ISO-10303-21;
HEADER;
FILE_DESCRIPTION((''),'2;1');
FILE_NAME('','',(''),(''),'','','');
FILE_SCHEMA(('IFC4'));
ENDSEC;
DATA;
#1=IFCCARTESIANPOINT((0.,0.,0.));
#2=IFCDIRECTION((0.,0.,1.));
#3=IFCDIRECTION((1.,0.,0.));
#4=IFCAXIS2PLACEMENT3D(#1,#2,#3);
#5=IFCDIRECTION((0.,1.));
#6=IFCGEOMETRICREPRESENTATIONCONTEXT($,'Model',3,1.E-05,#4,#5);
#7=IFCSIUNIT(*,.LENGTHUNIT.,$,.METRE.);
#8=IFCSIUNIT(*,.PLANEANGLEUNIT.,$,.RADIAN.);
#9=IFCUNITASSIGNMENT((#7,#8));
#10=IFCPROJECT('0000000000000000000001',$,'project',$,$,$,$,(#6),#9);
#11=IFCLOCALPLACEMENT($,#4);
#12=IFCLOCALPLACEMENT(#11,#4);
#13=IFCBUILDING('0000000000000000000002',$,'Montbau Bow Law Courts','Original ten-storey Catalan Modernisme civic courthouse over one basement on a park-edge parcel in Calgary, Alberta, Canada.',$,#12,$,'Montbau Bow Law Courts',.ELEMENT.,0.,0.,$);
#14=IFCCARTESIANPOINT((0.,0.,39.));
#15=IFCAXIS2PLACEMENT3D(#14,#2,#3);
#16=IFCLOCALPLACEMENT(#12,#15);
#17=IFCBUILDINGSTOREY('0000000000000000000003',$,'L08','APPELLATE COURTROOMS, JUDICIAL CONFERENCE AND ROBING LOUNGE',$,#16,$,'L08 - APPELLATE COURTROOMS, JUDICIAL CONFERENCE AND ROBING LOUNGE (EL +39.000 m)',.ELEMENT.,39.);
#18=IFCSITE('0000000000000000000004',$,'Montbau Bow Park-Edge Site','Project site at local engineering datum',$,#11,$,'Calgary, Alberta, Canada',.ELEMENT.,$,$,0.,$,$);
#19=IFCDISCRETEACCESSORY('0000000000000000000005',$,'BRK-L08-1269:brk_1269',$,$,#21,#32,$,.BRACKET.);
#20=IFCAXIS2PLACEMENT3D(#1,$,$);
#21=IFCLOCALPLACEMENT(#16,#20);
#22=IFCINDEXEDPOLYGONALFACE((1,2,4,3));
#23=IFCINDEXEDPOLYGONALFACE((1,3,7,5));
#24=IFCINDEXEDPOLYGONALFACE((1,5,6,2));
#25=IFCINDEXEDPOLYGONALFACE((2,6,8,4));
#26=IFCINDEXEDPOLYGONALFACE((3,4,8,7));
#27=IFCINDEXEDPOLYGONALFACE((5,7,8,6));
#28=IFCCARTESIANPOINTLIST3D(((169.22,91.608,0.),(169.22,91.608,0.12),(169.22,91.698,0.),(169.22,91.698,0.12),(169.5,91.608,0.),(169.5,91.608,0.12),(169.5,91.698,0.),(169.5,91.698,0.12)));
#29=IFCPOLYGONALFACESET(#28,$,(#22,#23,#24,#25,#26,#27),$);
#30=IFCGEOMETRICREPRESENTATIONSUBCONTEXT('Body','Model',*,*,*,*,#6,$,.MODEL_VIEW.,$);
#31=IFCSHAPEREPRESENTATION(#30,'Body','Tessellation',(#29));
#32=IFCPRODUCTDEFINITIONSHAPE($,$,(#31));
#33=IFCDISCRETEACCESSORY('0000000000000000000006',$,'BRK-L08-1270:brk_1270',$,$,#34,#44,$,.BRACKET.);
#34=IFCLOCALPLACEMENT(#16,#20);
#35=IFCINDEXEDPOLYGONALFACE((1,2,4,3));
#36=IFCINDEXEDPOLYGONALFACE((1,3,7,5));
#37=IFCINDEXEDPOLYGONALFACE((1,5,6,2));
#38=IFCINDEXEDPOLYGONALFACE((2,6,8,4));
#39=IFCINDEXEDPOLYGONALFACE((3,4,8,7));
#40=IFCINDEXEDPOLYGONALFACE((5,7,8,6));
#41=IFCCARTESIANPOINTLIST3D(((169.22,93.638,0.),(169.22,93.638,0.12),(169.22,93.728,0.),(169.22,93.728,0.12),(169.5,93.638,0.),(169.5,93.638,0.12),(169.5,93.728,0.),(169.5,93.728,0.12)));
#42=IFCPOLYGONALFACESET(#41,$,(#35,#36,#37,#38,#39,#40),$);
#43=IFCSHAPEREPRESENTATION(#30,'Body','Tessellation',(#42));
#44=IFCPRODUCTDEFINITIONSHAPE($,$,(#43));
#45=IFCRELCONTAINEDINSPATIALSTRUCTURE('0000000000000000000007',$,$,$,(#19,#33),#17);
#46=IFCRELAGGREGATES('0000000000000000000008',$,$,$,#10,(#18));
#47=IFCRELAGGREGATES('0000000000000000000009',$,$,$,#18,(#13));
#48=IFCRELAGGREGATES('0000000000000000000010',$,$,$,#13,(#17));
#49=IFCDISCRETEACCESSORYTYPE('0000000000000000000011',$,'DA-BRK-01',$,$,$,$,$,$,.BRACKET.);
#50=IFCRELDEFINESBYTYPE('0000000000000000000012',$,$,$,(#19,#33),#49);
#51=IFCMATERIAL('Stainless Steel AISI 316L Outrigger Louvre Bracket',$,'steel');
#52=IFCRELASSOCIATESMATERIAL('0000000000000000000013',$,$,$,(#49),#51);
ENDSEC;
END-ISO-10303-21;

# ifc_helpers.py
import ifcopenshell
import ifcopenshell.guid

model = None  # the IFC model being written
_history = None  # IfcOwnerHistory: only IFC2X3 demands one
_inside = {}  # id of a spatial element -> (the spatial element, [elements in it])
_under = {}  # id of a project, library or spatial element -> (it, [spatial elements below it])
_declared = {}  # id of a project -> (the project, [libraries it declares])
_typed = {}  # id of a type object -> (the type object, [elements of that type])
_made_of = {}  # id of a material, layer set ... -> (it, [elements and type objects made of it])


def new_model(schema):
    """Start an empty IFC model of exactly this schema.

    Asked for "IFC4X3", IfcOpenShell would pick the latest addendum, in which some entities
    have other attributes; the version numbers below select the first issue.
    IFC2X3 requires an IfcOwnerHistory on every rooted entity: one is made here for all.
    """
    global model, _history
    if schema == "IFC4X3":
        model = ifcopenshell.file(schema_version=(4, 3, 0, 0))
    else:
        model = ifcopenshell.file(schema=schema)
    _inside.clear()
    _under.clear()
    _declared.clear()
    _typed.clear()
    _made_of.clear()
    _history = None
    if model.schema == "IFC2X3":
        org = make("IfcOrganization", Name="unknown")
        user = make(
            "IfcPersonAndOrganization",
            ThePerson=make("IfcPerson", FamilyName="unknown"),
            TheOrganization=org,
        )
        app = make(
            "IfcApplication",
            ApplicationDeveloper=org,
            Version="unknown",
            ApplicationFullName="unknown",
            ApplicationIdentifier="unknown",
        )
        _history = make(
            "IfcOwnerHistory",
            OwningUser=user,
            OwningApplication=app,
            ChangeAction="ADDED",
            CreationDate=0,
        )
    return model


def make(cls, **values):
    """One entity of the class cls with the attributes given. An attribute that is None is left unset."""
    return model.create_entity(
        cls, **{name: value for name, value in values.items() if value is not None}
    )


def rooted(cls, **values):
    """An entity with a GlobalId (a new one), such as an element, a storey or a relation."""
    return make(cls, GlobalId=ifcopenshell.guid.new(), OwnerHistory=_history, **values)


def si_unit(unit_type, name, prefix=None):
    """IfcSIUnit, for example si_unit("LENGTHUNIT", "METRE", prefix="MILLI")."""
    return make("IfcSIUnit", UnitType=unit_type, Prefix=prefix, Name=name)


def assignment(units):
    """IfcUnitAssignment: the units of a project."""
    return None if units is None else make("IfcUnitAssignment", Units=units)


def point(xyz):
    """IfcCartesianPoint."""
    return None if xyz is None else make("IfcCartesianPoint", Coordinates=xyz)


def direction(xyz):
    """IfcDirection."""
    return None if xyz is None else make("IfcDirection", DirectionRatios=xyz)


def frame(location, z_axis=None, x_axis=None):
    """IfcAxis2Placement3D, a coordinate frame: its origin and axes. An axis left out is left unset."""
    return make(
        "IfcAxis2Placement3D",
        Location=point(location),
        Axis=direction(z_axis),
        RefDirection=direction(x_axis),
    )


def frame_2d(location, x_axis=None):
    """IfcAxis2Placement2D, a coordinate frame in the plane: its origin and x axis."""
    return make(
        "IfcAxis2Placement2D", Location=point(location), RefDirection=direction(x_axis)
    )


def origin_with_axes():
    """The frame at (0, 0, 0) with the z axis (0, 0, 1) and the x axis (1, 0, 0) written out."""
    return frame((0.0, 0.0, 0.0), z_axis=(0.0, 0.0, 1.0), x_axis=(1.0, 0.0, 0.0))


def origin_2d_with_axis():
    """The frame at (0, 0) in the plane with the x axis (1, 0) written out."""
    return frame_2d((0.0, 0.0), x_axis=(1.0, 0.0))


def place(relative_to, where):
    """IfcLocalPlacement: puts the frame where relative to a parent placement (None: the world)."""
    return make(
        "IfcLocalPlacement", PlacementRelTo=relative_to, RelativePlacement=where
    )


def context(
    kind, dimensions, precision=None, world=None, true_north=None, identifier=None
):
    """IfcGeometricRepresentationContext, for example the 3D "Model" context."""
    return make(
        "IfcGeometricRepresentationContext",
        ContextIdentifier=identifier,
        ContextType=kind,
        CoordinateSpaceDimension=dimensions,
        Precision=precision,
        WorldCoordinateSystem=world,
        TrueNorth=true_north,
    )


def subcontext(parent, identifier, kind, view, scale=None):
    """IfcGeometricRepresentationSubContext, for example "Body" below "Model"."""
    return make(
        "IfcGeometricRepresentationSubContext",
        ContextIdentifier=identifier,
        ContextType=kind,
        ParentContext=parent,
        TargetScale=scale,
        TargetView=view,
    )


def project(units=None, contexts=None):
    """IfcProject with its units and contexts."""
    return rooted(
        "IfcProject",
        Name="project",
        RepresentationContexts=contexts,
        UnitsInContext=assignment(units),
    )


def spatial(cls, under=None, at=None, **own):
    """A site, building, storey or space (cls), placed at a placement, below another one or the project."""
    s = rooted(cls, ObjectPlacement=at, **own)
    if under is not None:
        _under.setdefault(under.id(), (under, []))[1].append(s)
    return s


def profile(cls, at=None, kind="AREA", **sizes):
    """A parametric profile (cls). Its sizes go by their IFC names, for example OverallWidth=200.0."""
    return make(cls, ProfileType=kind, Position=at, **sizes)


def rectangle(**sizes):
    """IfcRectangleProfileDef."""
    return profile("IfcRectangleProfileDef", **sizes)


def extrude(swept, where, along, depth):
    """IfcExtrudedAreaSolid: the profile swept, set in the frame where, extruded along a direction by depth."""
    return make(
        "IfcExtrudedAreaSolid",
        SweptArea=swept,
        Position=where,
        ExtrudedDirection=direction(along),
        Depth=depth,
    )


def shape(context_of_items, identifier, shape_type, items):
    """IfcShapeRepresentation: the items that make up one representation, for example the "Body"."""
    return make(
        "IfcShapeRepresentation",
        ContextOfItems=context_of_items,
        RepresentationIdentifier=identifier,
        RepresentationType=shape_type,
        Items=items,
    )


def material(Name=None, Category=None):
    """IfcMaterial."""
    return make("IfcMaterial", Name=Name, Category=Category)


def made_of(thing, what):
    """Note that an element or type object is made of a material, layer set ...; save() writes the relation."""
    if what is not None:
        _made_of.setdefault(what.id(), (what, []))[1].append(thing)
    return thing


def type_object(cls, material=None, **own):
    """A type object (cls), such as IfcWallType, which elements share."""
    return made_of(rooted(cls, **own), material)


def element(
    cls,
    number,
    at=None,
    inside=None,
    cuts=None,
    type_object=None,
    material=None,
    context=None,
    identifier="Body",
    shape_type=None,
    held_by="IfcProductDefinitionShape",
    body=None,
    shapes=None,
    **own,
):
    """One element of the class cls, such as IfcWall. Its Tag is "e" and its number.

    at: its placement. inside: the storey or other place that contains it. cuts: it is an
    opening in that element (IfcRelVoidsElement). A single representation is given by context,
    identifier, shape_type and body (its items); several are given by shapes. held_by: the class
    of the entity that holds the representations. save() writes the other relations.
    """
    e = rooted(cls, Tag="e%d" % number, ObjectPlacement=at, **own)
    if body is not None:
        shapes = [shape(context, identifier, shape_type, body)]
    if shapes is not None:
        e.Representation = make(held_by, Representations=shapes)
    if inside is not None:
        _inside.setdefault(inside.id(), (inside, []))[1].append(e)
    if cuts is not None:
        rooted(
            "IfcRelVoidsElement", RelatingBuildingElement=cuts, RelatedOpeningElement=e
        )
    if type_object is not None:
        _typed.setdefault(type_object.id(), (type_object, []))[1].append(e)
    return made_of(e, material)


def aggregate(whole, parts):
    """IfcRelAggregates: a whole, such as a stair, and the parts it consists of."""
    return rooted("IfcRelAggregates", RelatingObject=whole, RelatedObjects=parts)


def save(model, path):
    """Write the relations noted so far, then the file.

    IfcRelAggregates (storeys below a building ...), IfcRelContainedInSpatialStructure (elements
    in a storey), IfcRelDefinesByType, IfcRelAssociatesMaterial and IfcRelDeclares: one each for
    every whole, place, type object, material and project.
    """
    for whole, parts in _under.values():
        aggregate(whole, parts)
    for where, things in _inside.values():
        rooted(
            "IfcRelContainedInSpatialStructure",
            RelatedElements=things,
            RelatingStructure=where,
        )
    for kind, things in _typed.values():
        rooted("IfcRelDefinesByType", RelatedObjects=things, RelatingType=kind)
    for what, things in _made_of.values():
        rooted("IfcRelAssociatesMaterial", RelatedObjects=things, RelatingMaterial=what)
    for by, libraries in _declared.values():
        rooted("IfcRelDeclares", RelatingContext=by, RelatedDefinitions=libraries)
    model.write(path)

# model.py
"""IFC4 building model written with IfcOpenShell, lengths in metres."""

from ifc_helpers import new_model, si_unit, direction, frame, origin_with_axes, origin_2d_with_axis, place, context, subcontext, project, spatial, rectangle, extrude, material, type_object, element, save


model = new_model("IFC4")

# Units and contexts
model_context = context("Model", 3, precision=1e-05, world=origin_with_axes(), true_north=direction((0.0, 1.0)))
body_context = subcontext(model_context, "Body", "Model", "MODEL_VIEW")
ifc_project = project(units=[si_unit("LENGTHUNIT", "METRE"), si_unit("PLANEANGLEUNIT", "RADIAN")], contexts=[model_context])

# Site, building, storey
site_placement = place(None, origin_with_axes())
site = spatial("IfcSite", under=ifc_project, at=site_placement, Name="Montbau Bow Park-Edge Site", Description="Project site at local engineering datum", LongName="Calgary, Alberta, Canada", CompositionType="ELEMENT", RefElevation=0.0)
building_placement = place(site_placement, origin_with_axes())
building = spatial("IfcBuilding", under=site, at=building_placement, Name="Montbau Bow Law Courts", Description="Original ten-storey Catalan Modernisme civic courthouse over one basement on a park-edge parcel in Calgary, Alberta, Canada.", LongName="Montbau Bow Law Courts", CompositionType="ELEMENT", ElevationOfRefHeight=0.0, ElevationOfTerrain=0.0)
storey_placement = place(building_placement, frame((0.0, 0.0, 39.0), z_axis=(0.0, 0.0, 1.0), x_axis=(1.0, 0.0, 0.0)))
storey = spatial("IfcBuildingStorey", under=building, at=storey_placement, Name="L08", Description="APPELLATE COURTROOMS, JUDICIAL CONFERENCE AND ROBING LOUNGE", LongName="L08 - APPELLATE COURTROOMS, JUDICIAL CONFERENCE AND ROBING LOUNGE (EL +39.000 m)", CompositionType="ELEMENT", Elevation=39.0)

# Discrete accessories
ifc_material_1 = material(Name="Stainless Steel AISI 316L Outrigger Louvre Bracket", Category="steel")
discrete_accessory_type = type_object("IfcDiscreteAccessoryType", Name="DA-BRK-01", PredefinedType="BRACKET", material=ifc_material_1)
for number, where, z_axis, x_axis, name in (
    (1, (169.36, 91.653, 39.0), (0.0, 0.0, 1.0), (1.0, 0.0, 0.0), "BRK-L08-1269:brk_1269"),
    (2, (169.36, 93.683, 39.0), (0.0, 0.0, 1.0), (1.0, 0.0, 0.0), "BRK-L08-1270:brk_1270"),
):
    element("IfcDiscreteAccessory", number, at=place(None, frame(where, z_axis=z_axis, x_axis=x_axis)), inside=storey, type_object=discrete_accessory_type, Name=name, PredefinedType="BRACKET", context=body_context, shape_type="SweptSolid", body=[
        extrude(rectangle(XDim=0.28, YDim=0.09, at=origin_2d_with_axis()), origin_with_axes(), (0.0, 0.0, 1.0), 0.12),
    ])

save(model, "model.ifc")
